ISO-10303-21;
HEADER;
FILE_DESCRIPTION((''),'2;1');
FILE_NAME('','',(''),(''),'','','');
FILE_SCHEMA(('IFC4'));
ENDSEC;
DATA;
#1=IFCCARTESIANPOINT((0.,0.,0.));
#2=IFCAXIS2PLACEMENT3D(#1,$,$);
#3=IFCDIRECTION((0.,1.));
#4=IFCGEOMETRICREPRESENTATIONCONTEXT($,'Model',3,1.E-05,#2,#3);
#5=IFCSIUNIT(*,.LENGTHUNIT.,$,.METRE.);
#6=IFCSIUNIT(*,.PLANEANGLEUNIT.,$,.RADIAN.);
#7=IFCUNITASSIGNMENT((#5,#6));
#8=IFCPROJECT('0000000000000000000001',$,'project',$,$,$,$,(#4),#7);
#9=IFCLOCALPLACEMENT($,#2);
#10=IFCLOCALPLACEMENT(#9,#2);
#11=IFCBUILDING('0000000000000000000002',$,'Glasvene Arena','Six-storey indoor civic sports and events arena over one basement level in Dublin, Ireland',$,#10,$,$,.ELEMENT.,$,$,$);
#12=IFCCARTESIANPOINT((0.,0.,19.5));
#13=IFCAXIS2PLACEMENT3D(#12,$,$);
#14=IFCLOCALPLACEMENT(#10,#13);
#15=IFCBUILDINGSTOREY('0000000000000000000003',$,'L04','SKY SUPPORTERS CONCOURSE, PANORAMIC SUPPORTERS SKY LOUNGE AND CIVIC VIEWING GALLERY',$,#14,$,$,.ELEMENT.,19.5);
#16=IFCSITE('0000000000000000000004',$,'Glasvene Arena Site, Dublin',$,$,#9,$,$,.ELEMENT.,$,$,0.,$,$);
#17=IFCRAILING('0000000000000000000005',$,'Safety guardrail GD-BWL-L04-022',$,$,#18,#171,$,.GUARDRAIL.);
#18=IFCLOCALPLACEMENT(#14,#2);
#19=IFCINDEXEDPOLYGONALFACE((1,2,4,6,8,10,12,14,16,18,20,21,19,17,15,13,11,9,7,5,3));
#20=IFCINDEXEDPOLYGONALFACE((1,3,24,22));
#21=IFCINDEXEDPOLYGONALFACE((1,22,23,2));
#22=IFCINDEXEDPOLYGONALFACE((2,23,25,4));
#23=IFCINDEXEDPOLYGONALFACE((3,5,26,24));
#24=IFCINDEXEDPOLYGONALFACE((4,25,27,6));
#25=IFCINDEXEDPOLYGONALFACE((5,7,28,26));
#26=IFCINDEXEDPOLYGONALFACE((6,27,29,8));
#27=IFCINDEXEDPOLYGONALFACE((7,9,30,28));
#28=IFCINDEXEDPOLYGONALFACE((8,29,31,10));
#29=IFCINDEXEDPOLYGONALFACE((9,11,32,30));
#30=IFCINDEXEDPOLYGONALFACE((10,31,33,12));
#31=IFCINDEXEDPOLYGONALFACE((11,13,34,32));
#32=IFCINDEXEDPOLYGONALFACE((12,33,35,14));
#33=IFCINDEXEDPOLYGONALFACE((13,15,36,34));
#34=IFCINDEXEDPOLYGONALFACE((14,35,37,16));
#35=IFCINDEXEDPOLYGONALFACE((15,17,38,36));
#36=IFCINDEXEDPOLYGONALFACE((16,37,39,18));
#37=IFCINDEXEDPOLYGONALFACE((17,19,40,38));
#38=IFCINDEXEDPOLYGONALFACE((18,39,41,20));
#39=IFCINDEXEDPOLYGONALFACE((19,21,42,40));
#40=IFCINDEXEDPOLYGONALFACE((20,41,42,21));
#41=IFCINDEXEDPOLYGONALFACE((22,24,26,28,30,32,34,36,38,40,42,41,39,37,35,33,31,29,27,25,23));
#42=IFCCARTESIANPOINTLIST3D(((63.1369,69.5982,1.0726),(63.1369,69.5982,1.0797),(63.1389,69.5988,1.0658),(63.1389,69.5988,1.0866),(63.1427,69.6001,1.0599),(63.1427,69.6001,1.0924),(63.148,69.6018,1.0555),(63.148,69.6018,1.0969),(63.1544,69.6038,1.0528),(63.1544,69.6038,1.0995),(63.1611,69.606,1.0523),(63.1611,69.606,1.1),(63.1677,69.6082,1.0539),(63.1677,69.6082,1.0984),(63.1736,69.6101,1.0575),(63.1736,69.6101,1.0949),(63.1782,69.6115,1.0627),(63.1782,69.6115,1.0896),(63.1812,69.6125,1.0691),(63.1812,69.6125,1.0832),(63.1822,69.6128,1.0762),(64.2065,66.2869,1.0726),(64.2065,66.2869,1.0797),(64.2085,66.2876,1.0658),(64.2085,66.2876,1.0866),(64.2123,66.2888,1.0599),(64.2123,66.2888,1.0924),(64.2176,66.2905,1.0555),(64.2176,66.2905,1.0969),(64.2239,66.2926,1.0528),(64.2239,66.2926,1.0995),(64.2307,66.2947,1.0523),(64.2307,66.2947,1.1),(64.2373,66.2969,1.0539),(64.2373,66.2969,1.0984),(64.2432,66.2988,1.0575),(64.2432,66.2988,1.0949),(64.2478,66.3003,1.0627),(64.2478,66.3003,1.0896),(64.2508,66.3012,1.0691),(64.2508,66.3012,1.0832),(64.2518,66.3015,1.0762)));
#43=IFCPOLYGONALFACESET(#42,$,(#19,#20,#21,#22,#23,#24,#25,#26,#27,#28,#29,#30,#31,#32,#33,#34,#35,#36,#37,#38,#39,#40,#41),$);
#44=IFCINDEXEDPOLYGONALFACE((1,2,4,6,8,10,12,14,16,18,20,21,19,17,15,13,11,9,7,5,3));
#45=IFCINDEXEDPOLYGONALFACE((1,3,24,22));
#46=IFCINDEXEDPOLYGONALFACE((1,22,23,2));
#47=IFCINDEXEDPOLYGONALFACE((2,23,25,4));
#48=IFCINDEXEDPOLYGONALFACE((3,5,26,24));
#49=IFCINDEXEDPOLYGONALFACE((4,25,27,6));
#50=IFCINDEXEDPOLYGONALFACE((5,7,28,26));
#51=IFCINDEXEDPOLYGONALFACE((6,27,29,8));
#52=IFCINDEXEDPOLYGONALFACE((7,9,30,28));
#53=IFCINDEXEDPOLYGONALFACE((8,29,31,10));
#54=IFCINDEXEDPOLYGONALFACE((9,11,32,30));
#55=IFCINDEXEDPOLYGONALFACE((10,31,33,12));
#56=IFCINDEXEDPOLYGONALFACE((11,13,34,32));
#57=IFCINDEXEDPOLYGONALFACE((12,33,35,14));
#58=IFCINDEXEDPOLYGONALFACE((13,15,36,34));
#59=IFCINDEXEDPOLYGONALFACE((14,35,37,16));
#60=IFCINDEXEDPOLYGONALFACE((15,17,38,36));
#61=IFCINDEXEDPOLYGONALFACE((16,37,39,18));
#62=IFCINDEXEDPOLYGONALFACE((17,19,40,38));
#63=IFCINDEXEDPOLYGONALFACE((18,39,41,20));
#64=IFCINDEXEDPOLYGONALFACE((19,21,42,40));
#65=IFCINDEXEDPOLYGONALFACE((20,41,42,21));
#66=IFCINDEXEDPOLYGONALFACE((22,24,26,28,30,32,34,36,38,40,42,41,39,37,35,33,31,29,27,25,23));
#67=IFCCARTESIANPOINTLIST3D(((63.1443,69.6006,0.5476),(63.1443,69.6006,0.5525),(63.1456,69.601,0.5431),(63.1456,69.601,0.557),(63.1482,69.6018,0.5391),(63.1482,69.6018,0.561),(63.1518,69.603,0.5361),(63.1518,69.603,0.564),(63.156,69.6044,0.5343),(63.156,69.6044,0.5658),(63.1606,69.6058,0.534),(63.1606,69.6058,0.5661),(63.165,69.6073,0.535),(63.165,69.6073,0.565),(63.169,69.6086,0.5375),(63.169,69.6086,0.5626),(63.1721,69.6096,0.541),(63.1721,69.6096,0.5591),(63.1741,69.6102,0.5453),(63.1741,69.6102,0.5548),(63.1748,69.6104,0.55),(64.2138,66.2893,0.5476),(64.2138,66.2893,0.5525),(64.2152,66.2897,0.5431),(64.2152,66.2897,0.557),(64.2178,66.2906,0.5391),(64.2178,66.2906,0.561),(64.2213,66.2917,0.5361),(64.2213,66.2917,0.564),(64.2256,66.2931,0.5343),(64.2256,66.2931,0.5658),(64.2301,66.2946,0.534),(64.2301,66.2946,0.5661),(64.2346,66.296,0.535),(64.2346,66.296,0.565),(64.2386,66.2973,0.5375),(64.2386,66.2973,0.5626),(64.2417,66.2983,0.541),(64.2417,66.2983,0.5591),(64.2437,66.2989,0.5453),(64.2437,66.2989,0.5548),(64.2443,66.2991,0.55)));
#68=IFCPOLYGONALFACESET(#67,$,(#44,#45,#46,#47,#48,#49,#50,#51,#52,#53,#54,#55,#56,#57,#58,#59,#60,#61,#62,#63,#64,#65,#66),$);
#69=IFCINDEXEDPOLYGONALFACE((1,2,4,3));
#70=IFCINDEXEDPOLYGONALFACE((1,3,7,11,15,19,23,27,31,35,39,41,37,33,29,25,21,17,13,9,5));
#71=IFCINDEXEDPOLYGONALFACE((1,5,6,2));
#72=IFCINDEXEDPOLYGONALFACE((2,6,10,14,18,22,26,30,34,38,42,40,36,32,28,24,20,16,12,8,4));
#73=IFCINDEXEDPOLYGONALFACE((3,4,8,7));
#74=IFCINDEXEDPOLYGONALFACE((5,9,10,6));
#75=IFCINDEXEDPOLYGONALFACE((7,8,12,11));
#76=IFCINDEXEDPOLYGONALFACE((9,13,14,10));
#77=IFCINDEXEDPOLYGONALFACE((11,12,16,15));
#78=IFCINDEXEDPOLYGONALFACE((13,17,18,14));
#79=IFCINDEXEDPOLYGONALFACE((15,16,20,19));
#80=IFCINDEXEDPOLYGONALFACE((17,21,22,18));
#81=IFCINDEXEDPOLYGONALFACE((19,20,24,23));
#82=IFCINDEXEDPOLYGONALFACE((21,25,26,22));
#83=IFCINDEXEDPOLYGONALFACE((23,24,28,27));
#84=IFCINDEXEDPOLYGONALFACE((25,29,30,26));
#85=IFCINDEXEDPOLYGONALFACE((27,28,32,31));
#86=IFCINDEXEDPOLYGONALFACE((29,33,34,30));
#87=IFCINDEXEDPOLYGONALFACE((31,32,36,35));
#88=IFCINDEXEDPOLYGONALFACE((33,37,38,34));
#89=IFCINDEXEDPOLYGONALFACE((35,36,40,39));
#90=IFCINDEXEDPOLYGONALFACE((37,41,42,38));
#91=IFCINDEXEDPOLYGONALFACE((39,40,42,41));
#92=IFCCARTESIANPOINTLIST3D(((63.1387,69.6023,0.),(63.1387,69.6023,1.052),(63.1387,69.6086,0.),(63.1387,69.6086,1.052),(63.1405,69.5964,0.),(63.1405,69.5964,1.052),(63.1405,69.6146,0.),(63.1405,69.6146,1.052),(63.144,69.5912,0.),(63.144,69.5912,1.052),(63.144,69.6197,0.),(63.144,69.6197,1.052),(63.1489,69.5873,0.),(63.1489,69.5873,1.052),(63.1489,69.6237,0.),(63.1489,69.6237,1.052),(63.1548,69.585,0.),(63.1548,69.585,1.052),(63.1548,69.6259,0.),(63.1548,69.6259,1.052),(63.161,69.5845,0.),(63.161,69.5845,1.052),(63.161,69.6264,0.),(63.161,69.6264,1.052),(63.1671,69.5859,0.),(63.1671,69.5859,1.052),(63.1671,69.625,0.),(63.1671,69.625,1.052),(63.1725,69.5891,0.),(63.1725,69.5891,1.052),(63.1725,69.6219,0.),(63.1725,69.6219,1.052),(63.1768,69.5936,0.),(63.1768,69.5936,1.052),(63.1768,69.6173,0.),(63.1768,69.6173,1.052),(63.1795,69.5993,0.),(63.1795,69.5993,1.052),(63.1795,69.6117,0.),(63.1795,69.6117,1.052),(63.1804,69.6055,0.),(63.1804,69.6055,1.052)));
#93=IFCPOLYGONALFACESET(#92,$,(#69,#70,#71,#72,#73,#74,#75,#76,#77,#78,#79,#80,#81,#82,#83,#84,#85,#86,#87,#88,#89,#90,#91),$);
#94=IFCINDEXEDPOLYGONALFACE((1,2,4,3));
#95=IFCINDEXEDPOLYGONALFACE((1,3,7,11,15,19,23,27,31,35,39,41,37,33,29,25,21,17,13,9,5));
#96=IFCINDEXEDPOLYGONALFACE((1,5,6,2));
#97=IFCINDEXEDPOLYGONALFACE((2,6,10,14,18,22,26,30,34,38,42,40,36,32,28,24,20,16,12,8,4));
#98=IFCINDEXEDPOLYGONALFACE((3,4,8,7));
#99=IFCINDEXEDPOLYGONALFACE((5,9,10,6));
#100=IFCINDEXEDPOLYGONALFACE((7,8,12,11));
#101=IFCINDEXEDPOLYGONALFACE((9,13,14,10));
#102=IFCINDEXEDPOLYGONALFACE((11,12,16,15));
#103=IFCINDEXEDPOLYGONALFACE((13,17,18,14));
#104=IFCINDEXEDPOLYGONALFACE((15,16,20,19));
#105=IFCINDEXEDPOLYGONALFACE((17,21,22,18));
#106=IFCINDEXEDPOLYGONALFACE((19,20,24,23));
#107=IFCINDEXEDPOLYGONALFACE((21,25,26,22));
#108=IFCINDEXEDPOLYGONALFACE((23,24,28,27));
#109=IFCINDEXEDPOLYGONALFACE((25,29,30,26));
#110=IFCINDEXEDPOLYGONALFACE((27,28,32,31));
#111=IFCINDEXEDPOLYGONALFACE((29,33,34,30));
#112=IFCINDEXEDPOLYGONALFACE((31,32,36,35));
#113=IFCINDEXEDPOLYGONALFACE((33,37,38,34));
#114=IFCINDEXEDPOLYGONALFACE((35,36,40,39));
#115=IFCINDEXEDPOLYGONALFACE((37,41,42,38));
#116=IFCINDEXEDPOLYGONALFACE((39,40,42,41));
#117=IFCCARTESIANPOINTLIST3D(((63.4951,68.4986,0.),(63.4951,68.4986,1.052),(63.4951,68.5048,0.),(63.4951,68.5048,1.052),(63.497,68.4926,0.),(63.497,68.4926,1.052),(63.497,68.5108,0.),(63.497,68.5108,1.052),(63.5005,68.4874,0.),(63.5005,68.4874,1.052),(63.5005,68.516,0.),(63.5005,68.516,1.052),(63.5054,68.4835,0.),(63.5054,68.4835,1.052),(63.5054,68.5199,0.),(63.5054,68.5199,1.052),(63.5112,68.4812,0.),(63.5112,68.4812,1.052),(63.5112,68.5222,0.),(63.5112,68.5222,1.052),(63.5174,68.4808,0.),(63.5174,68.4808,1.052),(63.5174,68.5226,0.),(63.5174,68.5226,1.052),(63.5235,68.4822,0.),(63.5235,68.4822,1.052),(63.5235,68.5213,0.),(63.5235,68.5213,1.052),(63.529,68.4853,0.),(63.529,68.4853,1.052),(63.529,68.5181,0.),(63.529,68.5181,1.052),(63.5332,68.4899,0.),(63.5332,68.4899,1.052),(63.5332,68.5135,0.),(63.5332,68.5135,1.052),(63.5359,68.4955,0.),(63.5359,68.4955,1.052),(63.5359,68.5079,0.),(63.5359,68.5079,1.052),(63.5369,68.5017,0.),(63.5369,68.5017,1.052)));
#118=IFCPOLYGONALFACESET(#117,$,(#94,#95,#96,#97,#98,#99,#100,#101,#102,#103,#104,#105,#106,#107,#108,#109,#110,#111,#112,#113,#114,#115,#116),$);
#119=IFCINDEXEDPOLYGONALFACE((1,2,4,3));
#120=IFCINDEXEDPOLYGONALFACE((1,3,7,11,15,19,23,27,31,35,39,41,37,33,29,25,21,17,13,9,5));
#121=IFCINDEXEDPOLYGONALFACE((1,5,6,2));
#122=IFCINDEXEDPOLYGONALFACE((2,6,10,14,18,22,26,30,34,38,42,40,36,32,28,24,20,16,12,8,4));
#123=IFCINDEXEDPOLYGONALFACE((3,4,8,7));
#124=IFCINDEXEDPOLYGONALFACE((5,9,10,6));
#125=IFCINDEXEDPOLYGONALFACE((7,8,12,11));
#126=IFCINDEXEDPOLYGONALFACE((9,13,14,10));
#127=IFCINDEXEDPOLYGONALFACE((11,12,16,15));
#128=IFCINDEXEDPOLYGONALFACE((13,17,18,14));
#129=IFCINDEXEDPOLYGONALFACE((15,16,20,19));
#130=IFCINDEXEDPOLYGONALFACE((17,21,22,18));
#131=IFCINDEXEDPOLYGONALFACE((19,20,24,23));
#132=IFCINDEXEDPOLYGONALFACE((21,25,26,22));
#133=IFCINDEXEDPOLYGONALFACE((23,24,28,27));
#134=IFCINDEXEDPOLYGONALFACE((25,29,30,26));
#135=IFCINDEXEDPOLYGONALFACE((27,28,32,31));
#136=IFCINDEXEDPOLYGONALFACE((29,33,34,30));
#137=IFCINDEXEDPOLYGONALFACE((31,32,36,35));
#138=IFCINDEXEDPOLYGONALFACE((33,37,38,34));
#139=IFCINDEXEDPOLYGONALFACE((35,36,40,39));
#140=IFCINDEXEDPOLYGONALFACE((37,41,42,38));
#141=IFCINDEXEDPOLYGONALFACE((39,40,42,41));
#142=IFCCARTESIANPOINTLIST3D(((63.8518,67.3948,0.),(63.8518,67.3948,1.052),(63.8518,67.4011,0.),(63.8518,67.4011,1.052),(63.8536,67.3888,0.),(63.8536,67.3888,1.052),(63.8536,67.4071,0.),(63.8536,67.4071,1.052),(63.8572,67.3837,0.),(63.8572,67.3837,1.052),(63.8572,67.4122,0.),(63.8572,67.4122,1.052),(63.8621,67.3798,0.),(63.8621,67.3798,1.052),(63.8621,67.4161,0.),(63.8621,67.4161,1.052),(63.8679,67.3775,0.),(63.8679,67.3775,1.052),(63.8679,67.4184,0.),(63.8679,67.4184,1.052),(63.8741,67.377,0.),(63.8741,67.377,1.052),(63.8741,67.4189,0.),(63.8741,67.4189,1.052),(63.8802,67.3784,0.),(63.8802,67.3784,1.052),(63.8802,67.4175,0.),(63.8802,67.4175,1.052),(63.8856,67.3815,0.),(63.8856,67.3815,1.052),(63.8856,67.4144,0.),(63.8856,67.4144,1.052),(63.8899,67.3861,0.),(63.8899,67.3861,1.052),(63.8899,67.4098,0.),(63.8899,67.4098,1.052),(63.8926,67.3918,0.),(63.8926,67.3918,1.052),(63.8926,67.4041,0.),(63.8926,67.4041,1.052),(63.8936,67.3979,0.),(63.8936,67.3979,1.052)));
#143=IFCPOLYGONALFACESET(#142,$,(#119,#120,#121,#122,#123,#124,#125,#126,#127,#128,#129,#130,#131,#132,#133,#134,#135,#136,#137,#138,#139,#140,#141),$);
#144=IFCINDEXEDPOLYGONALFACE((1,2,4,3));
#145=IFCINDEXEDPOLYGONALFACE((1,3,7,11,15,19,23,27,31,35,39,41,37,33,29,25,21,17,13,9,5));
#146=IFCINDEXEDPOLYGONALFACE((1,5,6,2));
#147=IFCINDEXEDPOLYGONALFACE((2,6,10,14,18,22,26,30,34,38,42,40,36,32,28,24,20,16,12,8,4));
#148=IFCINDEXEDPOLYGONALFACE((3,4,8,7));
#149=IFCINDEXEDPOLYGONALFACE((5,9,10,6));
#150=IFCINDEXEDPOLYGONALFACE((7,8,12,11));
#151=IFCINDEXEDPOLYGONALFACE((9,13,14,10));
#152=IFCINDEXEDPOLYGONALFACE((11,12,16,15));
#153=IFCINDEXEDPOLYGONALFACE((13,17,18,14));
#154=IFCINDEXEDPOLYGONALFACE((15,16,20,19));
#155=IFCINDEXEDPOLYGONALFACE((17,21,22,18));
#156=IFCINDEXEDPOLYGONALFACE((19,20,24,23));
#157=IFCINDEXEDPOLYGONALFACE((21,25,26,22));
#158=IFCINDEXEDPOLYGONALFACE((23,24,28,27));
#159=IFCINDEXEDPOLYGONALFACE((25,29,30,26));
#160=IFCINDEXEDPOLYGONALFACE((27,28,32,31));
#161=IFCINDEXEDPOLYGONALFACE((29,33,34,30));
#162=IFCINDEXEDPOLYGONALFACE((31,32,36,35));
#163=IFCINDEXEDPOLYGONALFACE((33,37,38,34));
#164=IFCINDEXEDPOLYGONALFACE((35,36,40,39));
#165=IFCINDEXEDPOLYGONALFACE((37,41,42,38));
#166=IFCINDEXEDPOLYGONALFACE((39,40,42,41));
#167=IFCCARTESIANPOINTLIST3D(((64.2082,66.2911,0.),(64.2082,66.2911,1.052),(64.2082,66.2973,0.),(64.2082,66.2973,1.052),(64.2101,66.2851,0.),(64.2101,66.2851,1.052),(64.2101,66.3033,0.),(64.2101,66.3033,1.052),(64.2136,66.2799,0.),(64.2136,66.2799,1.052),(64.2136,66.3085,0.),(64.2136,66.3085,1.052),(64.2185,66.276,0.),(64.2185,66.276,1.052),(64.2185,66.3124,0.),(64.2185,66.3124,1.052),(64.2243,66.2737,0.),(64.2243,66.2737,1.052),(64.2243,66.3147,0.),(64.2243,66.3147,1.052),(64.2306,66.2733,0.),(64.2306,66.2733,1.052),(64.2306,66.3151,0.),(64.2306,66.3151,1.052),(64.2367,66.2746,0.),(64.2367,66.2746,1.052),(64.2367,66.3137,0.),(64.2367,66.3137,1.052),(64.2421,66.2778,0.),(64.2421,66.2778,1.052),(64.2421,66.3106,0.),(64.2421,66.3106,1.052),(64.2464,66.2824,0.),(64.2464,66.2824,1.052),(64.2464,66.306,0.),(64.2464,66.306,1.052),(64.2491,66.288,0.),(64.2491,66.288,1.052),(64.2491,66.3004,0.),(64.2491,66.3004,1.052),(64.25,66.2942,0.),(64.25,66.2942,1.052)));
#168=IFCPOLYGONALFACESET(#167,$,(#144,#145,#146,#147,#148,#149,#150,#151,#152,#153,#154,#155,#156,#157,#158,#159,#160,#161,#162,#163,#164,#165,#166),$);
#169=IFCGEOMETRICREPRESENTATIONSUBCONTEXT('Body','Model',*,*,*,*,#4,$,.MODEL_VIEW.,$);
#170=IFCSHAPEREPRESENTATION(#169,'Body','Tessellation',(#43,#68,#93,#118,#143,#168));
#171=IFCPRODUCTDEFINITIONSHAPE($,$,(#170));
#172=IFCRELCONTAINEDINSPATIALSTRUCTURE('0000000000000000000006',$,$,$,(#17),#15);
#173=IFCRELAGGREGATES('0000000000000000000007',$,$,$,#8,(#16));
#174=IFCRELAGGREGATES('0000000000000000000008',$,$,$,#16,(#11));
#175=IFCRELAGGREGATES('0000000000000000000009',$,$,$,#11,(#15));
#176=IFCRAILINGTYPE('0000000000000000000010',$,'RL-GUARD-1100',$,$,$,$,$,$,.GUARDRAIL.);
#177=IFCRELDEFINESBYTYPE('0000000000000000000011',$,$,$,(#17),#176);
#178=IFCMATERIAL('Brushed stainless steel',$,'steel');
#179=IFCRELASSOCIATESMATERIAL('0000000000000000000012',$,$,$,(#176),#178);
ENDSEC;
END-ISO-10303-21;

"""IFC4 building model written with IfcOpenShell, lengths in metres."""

from ifc_helpers import new_model, si_unit, direction, frame, origin, origin_2d, place, context, subcontext, project, spatial, circle, extrude, material, type_object, element, save


model = new_model("IFC4")

# Units and contexts
model_context = context("Model", 3, precision=1e-05, world=origin(), true_north=direction((0.0, 1.0)))
body_context = subcontext(model_context, "Body", "Model", "MODEL_VIEW")
ifc_project = project(units=[si_unit("LENGTHUNIT", "METRE"), si_unit("PLANEANGLEUNIT", "RADIAN")], contexts=[model_context])

# Site, building, storey
site_placement = place(None, origin())
site = spatial("IfcSite", under=ifc_project, at=site_placement, Name="Glasvene Arena Site, Dublin", CompositionType="ELEMENT", RefElevation=0.0)
building_placement = place(site_placement, origin())
building = spatial("IfcBuilding", under=site, at=building_placement, Name="Glasvene Arena", Description="Six-storey indoor civic sports and events arena over one basement level in Dublin, Ireland", CompositionType="ELEMENT")
storey_placement = place(building_placement, frame((0.0, 0.0, 19.5)))
storey = spatial("IfcBuildingStorey", under=building, at=storey_placement, Name="L04", Description="SKY SUPPORTERS CONCOURSE, PANORAMIC SUPPORTERS SKY LOUNGE AND CIVIC VIEWING GALLERY", CompositionType="ELEMENT", Elevation=19.5)

# Railing
ifc_material_1 = material(Name="Brushed stainless steel", Category="steel")
railing_type = type_object("IfcRailingType", Name="RL-GUARD-1100", PredefinedType="GUARDRAIL", material=ifc_material_1)
railing_1_placement = place(storey_placement, frame((63.1594, 69.6055, 0.0)))
element("IfcRailing", 1, at=railing_1_placement, inside=storey, type_object=railing_type, Name="Safety guardrail GD-BWL-L04-022", PredefinedType="GUARDRAIL", context=body_context, shape_type="SweptSolid", body=[
    extrude(circle(Radius=0.0239, at=origin_2d()), frame((0.0, 0.0, 1.0762), z_axis=(0.307374, -0.951589, 0.0), x_axis=(0.951589, 0.307374, 0.0)), (0.0, 0.0, 1.0), 3.4797),
    extrude(circle(Radius=0.0161, at=origin_2d()), frame((0.0, 0.0, 0.55), z_axis=(0.307374, -0.951589, 0.0), x_axis=(0.951589, 0.307374, 0.0)), (0.0, 0.0, 1.0), 3.4797),
    extrude(circle(Radius=0.021, at=origin_2d()), origin(), (0.0, 0.0, 1.0), 1.052),
    extrude(circle(Radius=0.021, at=origin_2d()), frame((0.3564, -1.1038, 0.0)), (0.0, 0.0, 1.0), 1.052),
    extrude(circle(Radius=0.021, at=origin_2d()), frame((0.7131, -2.2075, 0.0)), (0.0, 0.0, 1.0), 1.052),
    extrude(circle(Radius=0.021, at=origin_2d()), frame((1.0696, -3.3113, 0.0)), (0.0, 0.0, 1.0), 1.052),
])

save(model, "model.ifc")
